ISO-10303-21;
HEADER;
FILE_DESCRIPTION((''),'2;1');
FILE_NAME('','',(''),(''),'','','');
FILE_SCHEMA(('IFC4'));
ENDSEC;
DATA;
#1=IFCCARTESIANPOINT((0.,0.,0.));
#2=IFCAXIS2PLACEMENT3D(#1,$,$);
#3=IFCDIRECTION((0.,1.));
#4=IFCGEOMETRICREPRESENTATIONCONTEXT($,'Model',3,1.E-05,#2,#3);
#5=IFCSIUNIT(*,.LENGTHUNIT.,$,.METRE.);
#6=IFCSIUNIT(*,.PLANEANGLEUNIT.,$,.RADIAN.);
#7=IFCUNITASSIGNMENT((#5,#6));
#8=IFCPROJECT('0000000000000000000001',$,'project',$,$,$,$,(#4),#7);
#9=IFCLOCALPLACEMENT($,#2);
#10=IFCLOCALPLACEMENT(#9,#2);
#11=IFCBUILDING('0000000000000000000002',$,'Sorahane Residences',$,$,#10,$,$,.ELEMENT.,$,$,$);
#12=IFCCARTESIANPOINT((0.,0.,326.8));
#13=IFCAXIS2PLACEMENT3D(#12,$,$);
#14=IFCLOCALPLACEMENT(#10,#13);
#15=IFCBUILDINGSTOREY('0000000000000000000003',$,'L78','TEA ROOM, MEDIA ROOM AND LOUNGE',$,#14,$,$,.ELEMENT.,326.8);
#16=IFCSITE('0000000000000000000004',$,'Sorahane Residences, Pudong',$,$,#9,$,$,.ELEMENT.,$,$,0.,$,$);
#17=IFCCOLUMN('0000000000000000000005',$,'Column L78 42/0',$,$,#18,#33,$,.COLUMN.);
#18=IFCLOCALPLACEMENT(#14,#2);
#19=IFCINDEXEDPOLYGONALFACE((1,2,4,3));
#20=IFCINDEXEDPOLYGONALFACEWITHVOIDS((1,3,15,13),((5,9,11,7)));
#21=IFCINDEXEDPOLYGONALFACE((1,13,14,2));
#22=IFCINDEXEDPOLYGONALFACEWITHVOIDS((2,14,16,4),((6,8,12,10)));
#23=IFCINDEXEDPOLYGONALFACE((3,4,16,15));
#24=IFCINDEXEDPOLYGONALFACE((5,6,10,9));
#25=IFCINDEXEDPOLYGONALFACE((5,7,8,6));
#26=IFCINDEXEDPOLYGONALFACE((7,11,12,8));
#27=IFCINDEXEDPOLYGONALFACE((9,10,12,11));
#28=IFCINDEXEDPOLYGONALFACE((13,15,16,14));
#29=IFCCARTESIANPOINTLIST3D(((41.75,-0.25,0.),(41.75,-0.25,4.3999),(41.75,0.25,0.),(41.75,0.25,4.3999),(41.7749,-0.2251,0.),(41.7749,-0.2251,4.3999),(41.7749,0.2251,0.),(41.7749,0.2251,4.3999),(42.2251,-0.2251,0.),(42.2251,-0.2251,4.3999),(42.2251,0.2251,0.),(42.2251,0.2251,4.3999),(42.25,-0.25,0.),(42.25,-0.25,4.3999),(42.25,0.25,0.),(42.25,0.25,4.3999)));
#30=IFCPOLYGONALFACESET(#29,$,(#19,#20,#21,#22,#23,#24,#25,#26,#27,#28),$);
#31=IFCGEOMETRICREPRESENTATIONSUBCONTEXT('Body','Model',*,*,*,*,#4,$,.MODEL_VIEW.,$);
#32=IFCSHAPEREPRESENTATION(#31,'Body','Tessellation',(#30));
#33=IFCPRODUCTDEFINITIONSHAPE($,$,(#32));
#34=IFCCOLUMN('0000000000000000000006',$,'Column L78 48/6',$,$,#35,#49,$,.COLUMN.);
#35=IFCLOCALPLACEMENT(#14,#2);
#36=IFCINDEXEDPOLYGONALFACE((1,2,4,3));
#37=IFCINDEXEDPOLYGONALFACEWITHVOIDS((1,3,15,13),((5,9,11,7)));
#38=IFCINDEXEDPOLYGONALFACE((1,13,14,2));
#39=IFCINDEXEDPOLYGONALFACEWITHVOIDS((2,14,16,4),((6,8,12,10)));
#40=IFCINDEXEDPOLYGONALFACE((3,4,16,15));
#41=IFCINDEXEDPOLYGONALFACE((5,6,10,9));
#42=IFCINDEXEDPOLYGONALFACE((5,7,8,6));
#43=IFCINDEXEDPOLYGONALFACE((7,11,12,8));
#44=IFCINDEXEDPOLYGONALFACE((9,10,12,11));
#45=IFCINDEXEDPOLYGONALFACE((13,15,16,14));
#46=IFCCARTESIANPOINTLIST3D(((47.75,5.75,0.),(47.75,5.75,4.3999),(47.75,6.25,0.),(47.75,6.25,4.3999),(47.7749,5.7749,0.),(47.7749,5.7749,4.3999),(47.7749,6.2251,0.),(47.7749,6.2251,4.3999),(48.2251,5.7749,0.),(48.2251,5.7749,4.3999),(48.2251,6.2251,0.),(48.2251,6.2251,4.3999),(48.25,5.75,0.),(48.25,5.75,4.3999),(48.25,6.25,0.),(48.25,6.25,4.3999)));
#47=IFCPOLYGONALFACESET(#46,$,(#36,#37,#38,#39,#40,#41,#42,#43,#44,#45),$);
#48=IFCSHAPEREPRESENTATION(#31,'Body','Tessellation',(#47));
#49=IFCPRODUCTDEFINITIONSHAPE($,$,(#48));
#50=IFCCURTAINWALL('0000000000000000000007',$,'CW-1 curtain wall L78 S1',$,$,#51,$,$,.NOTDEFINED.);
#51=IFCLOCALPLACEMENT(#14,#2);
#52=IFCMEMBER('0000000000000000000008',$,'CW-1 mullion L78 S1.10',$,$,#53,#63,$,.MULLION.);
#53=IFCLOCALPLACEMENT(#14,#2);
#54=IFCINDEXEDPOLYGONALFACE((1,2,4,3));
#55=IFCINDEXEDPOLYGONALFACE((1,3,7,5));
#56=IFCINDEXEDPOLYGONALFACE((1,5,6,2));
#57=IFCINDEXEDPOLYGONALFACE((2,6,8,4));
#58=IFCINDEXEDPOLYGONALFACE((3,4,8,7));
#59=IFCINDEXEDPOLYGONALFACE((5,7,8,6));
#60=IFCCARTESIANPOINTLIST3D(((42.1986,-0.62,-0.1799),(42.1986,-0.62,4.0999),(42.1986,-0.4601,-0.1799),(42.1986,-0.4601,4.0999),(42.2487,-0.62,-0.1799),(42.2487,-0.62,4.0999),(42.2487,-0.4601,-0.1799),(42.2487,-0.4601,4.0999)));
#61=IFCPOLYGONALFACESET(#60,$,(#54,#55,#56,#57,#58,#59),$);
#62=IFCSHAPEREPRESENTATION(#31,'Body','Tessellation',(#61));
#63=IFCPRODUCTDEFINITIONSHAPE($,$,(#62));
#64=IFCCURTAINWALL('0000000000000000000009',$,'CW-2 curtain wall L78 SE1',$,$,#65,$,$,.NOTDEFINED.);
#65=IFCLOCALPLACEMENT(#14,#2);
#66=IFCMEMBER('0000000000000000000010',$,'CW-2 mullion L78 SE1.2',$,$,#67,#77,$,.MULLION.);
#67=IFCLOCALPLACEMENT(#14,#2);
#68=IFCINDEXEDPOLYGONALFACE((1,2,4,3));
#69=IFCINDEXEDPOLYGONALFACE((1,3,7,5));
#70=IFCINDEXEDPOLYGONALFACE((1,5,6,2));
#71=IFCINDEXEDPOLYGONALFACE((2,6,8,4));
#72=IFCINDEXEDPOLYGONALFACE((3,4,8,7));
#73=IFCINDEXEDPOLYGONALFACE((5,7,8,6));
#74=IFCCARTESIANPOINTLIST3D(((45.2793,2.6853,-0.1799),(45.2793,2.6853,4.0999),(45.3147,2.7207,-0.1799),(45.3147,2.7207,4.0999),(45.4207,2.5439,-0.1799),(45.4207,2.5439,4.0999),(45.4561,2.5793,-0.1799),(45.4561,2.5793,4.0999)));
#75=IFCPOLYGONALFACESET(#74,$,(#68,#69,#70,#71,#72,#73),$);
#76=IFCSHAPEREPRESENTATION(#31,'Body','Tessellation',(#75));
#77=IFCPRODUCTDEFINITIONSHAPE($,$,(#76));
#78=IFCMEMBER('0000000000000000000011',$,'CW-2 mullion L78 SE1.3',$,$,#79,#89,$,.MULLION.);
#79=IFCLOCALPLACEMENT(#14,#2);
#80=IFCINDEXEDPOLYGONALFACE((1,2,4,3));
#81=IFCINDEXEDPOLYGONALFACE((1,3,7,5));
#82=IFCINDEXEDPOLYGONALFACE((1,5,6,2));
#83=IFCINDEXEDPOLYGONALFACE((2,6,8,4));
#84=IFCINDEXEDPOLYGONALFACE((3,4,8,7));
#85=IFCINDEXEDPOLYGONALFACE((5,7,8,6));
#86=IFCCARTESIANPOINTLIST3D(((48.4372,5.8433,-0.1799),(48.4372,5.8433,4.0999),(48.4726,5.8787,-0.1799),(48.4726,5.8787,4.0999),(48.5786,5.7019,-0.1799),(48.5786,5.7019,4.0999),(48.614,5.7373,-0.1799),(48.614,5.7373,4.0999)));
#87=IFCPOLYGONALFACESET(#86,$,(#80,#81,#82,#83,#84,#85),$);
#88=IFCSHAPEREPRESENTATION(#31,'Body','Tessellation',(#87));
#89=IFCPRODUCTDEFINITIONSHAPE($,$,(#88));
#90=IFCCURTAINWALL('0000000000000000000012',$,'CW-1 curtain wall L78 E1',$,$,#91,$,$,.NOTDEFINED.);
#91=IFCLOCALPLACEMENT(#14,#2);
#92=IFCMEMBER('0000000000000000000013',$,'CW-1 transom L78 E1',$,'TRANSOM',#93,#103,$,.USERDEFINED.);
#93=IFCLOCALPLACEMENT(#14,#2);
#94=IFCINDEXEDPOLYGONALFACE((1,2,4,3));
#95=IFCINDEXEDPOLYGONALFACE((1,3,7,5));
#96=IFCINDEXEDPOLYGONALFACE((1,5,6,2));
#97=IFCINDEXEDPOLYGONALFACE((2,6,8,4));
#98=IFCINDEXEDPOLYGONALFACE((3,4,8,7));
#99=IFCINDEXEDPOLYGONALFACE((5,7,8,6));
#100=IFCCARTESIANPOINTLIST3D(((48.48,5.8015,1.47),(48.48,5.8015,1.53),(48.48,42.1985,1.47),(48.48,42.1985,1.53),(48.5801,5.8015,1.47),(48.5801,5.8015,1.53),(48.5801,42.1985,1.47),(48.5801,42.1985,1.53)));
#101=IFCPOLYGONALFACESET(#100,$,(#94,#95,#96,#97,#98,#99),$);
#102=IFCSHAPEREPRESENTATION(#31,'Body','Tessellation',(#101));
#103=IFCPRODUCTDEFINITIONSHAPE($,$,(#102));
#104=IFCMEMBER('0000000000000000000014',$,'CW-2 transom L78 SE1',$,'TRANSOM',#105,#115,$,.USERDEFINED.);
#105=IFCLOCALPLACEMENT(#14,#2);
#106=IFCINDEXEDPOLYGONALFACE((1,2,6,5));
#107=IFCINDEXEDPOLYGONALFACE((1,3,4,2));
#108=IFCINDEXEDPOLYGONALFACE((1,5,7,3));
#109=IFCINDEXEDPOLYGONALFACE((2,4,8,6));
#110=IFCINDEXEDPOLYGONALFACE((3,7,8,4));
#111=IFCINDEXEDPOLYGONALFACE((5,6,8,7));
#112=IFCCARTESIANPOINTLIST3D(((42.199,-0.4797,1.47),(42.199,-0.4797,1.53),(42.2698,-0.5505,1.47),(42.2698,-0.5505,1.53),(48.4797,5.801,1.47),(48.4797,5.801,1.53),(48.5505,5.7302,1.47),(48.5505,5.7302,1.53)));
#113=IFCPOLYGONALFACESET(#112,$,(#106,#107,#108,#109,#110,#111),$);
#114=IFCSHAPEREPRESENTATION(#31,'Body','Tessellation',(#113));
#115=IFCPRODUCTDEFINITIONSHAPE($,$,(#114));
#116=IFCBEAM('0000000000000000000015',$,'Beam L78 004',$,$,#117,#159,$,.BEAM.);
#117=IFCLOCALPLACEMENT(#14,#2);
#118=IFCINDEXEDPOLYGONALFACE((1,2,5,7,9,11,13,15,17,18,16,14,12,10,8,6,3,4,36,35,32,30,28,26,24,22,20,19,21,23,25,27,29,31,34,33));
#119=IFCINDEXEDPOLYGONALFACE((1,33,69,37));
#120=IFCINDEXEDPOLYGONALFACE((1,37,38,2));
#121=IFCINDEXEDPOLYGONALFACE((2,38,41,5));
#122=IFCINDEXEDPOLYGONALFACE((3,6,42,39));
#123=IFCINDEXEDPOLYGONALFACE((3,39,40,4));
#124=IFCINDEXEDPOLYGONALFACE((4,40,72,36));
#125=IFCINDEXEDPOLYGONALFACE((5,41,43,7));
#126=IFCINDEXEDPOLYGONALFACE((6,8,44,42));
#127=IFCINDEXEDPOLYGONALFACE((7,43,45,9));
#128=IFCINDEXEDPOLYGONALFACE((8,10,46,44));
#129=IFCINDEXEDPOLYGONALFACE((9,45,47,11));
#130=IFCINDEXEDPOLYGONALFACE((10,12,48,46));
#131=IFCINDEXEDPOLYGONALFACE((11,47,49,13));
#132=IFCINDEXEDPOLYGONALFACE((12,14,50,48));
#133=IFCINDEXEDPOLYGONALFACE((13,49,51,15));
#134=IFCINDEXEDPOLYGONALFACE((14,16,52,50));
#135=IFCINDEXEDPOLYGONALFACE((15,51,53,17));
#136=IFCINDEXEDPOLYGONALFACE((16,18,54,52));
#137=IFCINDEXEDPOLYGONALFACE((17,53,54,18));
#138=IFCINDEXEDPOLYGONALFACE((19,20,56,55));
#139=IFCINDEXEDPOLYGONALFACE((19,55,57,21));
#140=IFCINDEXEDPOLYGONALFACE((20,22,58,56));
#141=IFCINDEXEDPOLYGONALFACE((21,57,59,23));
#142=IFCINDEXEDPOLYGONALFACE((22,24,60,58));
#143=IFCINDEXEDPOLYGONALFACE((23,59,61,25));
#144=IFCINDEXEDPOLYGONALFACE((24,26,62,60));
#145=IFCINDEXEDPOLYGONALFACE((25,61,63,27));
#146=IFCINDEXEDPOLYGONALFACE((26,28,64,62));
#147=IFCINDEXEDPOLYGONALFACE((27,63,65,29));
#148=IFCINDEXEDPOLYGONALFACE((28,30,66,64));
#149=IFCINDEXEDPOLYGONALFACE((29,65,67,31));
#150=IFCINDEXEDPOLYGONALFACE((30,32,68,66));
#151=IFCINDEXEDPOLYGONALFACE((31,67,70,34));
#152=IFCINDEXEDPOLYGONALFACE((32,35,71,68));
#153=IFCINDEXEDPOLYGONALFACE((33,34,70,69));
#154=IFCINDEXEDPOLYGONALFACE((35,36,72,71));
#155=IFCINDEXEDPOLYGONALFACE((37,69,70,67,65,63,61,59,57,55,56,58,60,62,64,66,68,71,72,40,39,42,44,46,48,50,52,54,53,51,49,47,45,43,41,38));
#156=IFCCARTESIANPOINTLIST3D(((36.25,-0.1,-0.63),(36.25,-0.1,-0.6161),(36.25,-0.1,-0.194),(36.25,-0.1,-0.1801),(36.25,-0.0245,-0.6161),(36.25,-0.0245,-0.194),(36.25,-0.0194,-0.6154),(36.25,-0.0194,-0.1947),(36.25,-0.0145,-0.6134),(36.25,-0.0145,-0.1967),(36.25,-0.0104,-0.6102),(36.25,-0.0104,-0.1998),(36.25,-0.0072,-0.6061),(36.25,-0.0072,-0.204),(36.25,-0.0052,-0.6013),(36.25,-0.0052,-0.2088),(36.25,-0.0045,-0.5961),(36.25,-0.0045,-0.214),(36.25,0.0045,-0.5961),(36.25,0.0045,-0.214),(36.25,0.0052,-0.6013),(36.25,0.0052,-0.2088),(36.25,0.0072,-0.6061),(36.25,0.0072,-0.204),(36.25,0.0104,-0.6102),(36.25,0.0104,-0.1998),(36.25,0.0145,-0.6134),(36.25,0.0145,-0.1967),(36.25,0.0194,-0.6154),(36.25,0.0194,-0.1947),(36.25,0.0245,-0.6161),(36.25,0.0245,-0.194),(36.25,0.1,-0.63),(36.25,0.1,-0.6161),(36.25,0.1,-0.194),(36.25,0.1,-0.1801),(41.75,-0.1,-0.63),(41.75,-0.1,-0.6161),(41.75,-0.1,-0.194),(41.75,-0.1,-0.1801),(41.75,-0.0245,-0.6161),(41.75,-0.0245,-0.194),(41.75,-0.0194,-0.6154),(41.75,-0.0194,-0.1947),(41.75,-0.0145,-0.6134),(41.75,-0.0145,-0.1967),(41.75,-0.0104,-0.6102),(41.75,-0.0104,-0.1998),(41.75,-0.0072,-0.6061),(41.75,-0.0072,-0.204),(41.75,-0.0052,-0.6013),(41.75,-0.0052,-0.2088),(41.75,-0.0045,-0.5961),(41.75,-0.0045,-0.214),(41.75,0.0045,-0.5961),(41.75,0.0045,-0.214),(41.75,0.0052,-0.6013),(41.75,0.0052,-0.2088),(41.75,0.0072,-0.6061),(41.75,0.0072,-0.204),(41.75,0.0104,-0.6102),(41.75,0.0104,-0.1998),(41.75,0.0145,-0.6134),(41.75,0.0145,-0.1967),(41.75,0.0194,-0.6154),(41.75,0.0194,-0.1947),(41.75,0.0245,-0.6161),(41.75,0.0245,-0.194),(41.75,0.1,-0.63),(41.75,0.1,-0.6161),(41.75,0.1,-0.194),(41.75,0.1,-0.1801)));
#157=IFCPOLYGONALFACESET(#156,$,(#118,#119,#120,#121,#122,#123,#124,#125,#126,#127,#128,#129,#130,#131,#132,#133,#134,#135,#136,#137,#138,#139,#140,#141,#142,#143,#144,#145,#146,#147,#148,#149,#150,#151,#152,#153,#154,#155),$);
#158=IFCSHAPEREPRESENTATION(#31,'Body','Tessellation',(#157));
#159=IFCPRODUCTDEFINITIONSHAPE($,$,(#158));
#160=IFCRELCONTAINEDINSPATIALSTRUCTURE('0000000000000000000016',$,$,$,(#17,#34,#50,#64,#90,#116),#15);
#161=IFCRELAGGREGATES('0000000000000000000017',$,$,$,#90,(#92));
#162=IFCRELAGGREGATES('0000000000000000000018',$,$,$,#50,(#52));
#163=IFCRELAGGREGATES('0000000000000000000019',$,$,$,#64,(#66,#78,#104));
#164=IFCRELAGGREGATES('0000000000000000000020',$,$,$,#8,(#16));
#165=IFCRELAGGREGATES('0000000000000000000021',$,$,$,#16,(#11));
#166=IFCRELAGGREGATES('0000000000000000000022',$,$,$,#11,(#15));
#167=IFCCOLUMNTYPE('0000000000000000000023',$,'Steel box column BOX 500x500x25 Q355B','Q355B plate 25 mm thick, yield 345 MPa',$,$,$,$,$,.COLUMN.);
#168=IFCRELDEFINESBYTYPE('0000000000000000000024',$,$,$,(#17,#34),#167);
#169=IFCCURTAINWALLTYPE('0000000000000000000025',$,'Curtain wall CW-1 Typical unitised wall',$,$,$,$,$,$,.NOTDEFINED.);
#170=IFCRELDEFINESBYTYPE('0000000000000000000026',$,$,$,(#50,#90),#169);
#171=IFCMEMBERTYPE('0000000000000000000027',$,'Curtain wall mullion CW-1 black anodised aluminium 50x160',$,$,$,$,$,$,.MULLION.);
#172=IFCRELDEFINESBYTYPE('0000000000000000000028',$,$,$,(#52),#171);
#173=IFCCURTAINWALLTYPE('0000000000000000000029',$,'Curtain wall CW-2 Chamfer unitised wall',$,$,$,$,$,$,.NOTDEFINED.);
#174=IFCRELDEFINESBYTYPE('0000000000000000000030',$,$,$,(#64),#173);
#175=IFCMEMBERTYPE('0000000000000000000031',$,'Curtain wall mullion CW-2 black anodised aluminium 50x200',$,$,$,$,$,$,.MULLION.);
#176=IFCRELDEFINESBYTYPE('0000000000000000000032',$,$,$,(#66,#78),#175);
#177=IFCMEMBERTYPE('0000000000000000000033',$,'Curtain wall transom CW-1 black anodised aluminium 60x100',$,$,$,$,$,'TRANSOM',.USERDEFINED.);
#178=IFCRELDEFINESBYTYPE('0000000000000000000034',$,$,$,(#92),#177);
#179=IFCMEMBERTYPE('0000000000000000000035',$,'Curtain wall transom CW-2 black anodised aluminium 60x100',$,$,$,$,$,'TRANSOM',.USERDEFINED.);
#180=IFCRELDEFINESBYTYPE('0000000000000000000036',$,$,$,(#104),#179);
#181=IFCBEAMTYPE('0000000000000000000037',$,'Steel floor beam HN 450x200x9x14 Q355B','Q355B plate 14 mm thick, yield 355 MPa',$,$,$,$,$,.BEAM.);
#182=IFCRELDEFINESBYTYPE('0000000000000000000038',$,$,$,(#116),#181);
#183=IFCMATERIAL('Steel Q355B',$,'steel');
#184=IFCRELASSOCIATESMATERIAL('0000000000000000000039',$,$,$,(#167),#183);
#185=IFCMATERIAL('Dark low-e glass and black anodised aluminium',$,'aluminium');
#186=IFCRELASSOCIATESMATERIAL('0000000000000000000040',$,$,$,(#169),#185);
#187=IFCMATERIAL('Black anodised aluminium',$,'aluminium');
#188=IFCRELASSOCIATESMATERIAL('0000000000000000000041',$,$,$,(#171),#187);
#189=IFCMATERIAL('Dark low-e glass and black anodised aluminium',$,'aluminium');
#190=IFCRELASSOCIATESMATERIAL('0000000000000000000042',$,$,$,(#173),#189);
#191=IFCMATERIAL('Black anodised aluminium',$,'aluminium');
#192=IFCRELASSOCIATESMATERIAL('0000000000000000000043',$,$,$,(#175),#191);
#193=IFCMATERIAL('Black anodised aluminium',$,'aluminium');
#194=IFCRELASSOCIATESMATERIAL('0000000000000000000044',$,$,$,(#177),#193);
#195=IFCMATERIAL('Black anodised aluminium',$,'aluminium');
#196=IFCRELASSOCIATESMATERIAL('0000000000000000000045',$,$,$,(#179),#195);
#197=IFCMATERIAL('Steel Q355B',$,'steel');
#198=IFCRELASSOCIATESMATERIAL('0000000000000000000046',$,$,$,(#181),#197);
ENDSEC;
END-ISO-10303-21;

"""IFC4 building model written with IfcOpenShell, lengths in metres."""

from ifc_helpers import new_model, si_unit, direction, frame, origin, origin_2d, place, context, subcontext, project, spatial, rectangle, hollow_rectangle, i_section, extrude, material, material_profile, profile_set, type_object, element, aggregate, save


model = new_model("IFC4")

# Units and contexts
model_context = context("Model", 3, precision=1e-05, world=origin(), true_north=direction((0.0, 1.0)))
body_context = subcontext(model_context, "Body", "Model", "MODEL_VIEW")
ifc_project = project(units=[si_unit("LENGTHUNIT", "METRE"), si_unit("PLANEANGLEUNIT", "RADIAN")], contexts=[model_context])

# Site, building, storey
site_placement = place(None, origin())
site = spatial("IfcSite", under=ifc_project, at=site_placement, Name="Sorahane Residences, Pudong", CompositionType="ELEMENT", RefElevation=0.0)
building_placement = place(site_placement, origin())
building = spatial("IfcBuilding", under=site, at=building_placement, Name="Sorahane Residences", CompositionType="ELEMENT")
storey_placement = place(building_placement, frame((0.0, 0.0, 326.8)))
storey = spatial("IfcBuildingStorey", under=building, at=storey_placement, Name="L78", Description="TEA ROOM, MEDIA ROOM AND LOUNGE", CompositionType="ELEMENT", Elevation=326.8)

# Columns
ifc_material_1 = material(Name="Steel Q355B", Category="steel")
ifc_material_profile_1 = material_profile(ifc_material_1, hollow_rectangle(XDim=0.5, YDim=0.5, WallThickness=0.0249, at=origin_2d()), Name="BOX 500x500x25")
ifc_profile_set_1 = profile_set([ifc_material_profile_1], Name="Steel Q355B")
column_type = type_object("IfcColumnType", Name="Steel box column BOX 500x500x25 Q355B", Description="Q355B plate 25 mm thick, yield 345 MPa", PredefinedType="COLUMN", material=ifc_profile_set_1)
for number, where, z_axis, x_axis, name in (
    (1, (42.0, 0.0, 0.0), (0.0, 0.0, 1.0), (1.0, 0.0, 0.0), "Column L78 42/0"),
    (2, (48.0, 6.0, 0.0), (0.0, 0.0, 1.0), (1.0, 0.0, 0.0), "Column L78 48/6"),
):
    element("IfcColumn", number, at=place(storey_placement, frame(where, z_axis=z_axis, x_axis=x_axis)), inside=storey, type_object=column_type, Name=name, PredefinedType="COLUMN", context=body_context, shape_type="SweptSolid", body=[
        extrude(hollow_rectangle(XDim=0.5, YDim=0.5, WallThickness=0.0249, at=origin_2d()), origin(), (0.0, 0.0, 1.0), 4.3999),
    ])

# Curtain wall, member
ifc_material_2 = material(Name="Dark low-e glass and black anodised aluminium", Category="aluminium")
curtain_wall_type_1 = type_object("IfcCurtainWallType", Name="Curtain wall CW-1 Typical unitised wall", PredefinedType="NOTDEFINED", material=ifc_material_2)
curtain_wall_1_placement = place(storey_placement, origin())
curtain_wall_1 = element("IfcCurtainWall", 3, at=curtain_wall_1_placement, inside=storey, type_object=curtain_wall_type_1, Name="CW-1 curtain wall L78 S1", PredefinedType="NOTDEFINED")
ifc_material_3 = material(Name="Black anodised aluminium", Category="aluminium")
ifc_material_profile_2 = material_profile(ifc_material_3, rectangle(XDim=0.1599, YDim=0.05, at=origin_2d()), Name="Curtain wall mullion CW-1 black anodised aluminium 50x160")
ifc_profile_set_2 = profile_set([ifc_material_profile_2], Name="Black anodised aluminium")
member_type_1 = type_object("IfcMemberType", Name="Curtain wall mullion CW-1 black anodised aluminium 50x160", PredefinedType="MULLION", material=ifc_profile_set_2)
member_1_placement = place(storey_placement, frame((42.2236, -0.54, -0.1799), z_axis=(0.0, 0.0, 1.0), x_axis=(0.0, -1.0, 0.0)))
member_1 = element("IfcMember", 4, at=member_1_placement, type_object=member_type_1, Name="CW-1 mullion L78 S1.10", PredefinedType="MULLION", context=body_context, shape_type="SweptSolid", body=[
    extrude(rectangle(XDim=0.1599, YDim=0.05, at=origin_2d()), origin(), (0.0, 0.0, 1.0), 4.2798),
])

# Curtain wall, members
ifc_material_4 = material(Name="Dark low-e glass and black anodised aluminium", Category="aluminium")
curtain_wall_type_2 = type_object("IfcCurtainWallType", Name="Curtain wall CW-2 Chamfer unitised wall", PredefinedType="NOTDEFINED", material=ifc_material_4)
curtain_wall_2_placement = place(storey_placement, origin())
curtain_wall_2 = element("IfcCurtainWall", 5, at=curtain_wall_2_placement, inside=storey, type_object=curtain_wall_type_2, Name="CW-2 curtain wall L78 SE1", PredefinedType="NOTDEFINED")
ifc_material_5 = material(Name="Black anodised aluminium", Category="aluminium")
ifc_material_profile_3 = material_profile(ifc_material_5, rectangle(XDim=0.2, YDim=0.05, at=origin_2d()), Name="Curtain wall mullion CW-2 black anodised aluminium 50x200")
ifc_profile_set_3 = profile_set([ifc_material_profile_3], Name="Black anodised aluminium")
member_type_2 = type_object("IfcMemberType", Name="Curtain wall mullion CW-2 black anodised aluminium 50x200", PredefinedType="MULLION", material=ifc_profile_set_3)
member_2_placement = place(storey_placement, frame((45.3677, 2.6323, -0.1799), z_axis=(0.0, 0.0, 1.0), x_axis=(0.707107, -0.707107, 0.0)))
member_2 = element("IfcMember", 6, at=member_2_placement, type_object=member_type_2, Name="CW-2 mullion L78 SE1.2", PredefinedType="MULLION", context=body_context, shape_type="SweptSolid", body=[
    extrude(rectangle(XDim=0.2, YDim=0.05, at=origin_2d()), origin(), (0.0, 0.0, 1.0), 4.2798),
])
member_3_placement = place(storey_placement, frame((48.5256, 5.7903, -0.1799), z_axis=(0.0, 0.0, 1.0), x_axis=(0.707107, -0.707107, 0.0)))
member_3 = element("IfcMember", 7, at=member_3_placement, type_object=member_type_2, Name="CW-2 mullion L78 SE1.3", PredefinedType="MULLION", context=body_context, shape_type="SweptSolid", body=[
    extrude(rectangle(XDim=0.2, YDim=0.05, at=origin_2d()), origin(), (0.0, 0.0, 1.0), 4.2798),
])

# Curtain wall, member
curtain_wall_3_placement = place(storey_placement, origin())
curtain_wall_3 = element("IfcCurtainWall", 8, at=curtain_wall_3_placement, inside=storey, type_object=curtain_wall_type_1, Name="CW-1 curtain wall L78 E1", PredefinedType="NOTDEFINED")
ifc_material_6 = material(Name="Black anodised aluminium", Category="aluminium")
ifc_material_profile_4 = material_profile(ifc_material_6, rectangle(XDim=0.1001, YDim=0.0601, at=origin_2d()), Name="Curtain wall transom CW-1 black anodised aluminium 60x100")
ifc_profile_set_4 = profile_set([ifc_material_profile_4], Name="Black anodised aluminium")
member_type_3 = type_object("IfcMemberType", Name="Curtain wall transom CW-1 black anodised aluminium 60x100", ElementType="TRANSOM", PredefinedType="USERDEFINED", material=ifc_profile_set_4)
member_4_placement = place(storey_placement, frame((48.53, 5.8015, 1.5), z_axis=(0.0, 1.0, 0.0), x_axis=(-1.0, 0.0, 0.0)))
member_4 = element("IfcMember", 9, at=member_4_placement, type_object=member_type_3, Name="CW-1 transom L78 E1", ObjectType="TRANSOM", PredefinedType="USERDEFINED", context=body_context, shape_type="SweptSolid", body=[
    extrude(rectangle(XDim=0.1001, YDim=0.0601, at=origin_2d()), origin(), (0.0, 0.0, 1.0), 36.397),
])
aggregate(curtain_wall_3, [member_4])

# Member
ifc_material_7 = material(Name="Black anodised aluminium", Category="aluminium")
ifc_material_profile_5 = material_profile(ifc_material_7, rectangle(XDim=0.1001, YDim=0.0601, at=origin_2d()), Name="Curtain wall transom CW-2 black anodised aluminium 60x100")
ifc_profile_set_5 = profile_set([ifc_material_profile_5], Name="Black anodised aluminium")
member_type_4 = type_object("IfcMemberType", Name="Curtain wall transom CW-2 black anodised aluminium 60x100", ElementType="TRANSOM", PredefinedType="USERDEFINED", material=ifc_profile_set_5)
member_5_placement = place(storey_placement, frame((42.2344, -0.5151, 1.5), z_axis=(0.707107, 0.707107, 0.0), x_axis=(-0.707107, 0.707107, 0.0)))
member_5 = element("IfcMember", 10, at=member_5_placement, type_object=member_type_4, Name="CW-2 transom L78 SE1", ObjectType="TRANSOM", PredefinedType="USERDEFINED", context=body_context, shape_type="SweptSolid", body=[
    extrude(rectangle(XDim=0.1001, YDim=0.0601, at=origin_2d()), origin(), (0.0, 0.0, 1.0), 8.8823),
])

# Beam
ifc_material_8 = material(Name="Steel Q355B", Category="steel")
ifc_material_profile_6 = material_profile(ifc_material_8, i_section(OverallWidth=0.2, OverallDepth=0.45, WebThickness=0.009, FlangeThickness=0.0139, FilletRadius=0.02, at=origin_2d()), Name="HN 450x200x9x14")
ifc_profile_set_6 = profile_set([ifc_material_profile_6], Name="Steel Q355B")
beam_type_1 = type_object("IfcBeamType", Name="Steel floor beam HN 450x200x9x14 Q355B", Description="Q355B plate 14 mm thick, yield 355 MPa", PredefinedType="BEAM", material=ifc_profile_set_6)
for number, where, z_axis, x_axis, name in (
    (11, (36.25, 0.0, -0.405), (1.0, 0.0, 0.0), (0.0, 1.0, 0.0), "Beam L78 004"),
):
    element("IfcBeam", number, at=place(storey_placement, frame(where, z_axis=z_axis, x_axis=x_axis)), inside=storey, type_object=beam_type_1, Name=name, PredefinedType="BEAM", context=body_context, shape_type="SweptSolid", body=[
        extrude(i_section(OverallWidth=0.2, OverallDepth=0.45, WebThickness=0.009, FlangeThickness=0.0139, FilletRadius=0.02, at=origin_2d()), origin(), (0.0, 0.0, 1.0), 5.5),
    ])

aggregate(curtain_wall_1, [member_1])
aggregate(curtain_wall_2, [member_2, member_3, member_5])

save(model, "model.ifc")
